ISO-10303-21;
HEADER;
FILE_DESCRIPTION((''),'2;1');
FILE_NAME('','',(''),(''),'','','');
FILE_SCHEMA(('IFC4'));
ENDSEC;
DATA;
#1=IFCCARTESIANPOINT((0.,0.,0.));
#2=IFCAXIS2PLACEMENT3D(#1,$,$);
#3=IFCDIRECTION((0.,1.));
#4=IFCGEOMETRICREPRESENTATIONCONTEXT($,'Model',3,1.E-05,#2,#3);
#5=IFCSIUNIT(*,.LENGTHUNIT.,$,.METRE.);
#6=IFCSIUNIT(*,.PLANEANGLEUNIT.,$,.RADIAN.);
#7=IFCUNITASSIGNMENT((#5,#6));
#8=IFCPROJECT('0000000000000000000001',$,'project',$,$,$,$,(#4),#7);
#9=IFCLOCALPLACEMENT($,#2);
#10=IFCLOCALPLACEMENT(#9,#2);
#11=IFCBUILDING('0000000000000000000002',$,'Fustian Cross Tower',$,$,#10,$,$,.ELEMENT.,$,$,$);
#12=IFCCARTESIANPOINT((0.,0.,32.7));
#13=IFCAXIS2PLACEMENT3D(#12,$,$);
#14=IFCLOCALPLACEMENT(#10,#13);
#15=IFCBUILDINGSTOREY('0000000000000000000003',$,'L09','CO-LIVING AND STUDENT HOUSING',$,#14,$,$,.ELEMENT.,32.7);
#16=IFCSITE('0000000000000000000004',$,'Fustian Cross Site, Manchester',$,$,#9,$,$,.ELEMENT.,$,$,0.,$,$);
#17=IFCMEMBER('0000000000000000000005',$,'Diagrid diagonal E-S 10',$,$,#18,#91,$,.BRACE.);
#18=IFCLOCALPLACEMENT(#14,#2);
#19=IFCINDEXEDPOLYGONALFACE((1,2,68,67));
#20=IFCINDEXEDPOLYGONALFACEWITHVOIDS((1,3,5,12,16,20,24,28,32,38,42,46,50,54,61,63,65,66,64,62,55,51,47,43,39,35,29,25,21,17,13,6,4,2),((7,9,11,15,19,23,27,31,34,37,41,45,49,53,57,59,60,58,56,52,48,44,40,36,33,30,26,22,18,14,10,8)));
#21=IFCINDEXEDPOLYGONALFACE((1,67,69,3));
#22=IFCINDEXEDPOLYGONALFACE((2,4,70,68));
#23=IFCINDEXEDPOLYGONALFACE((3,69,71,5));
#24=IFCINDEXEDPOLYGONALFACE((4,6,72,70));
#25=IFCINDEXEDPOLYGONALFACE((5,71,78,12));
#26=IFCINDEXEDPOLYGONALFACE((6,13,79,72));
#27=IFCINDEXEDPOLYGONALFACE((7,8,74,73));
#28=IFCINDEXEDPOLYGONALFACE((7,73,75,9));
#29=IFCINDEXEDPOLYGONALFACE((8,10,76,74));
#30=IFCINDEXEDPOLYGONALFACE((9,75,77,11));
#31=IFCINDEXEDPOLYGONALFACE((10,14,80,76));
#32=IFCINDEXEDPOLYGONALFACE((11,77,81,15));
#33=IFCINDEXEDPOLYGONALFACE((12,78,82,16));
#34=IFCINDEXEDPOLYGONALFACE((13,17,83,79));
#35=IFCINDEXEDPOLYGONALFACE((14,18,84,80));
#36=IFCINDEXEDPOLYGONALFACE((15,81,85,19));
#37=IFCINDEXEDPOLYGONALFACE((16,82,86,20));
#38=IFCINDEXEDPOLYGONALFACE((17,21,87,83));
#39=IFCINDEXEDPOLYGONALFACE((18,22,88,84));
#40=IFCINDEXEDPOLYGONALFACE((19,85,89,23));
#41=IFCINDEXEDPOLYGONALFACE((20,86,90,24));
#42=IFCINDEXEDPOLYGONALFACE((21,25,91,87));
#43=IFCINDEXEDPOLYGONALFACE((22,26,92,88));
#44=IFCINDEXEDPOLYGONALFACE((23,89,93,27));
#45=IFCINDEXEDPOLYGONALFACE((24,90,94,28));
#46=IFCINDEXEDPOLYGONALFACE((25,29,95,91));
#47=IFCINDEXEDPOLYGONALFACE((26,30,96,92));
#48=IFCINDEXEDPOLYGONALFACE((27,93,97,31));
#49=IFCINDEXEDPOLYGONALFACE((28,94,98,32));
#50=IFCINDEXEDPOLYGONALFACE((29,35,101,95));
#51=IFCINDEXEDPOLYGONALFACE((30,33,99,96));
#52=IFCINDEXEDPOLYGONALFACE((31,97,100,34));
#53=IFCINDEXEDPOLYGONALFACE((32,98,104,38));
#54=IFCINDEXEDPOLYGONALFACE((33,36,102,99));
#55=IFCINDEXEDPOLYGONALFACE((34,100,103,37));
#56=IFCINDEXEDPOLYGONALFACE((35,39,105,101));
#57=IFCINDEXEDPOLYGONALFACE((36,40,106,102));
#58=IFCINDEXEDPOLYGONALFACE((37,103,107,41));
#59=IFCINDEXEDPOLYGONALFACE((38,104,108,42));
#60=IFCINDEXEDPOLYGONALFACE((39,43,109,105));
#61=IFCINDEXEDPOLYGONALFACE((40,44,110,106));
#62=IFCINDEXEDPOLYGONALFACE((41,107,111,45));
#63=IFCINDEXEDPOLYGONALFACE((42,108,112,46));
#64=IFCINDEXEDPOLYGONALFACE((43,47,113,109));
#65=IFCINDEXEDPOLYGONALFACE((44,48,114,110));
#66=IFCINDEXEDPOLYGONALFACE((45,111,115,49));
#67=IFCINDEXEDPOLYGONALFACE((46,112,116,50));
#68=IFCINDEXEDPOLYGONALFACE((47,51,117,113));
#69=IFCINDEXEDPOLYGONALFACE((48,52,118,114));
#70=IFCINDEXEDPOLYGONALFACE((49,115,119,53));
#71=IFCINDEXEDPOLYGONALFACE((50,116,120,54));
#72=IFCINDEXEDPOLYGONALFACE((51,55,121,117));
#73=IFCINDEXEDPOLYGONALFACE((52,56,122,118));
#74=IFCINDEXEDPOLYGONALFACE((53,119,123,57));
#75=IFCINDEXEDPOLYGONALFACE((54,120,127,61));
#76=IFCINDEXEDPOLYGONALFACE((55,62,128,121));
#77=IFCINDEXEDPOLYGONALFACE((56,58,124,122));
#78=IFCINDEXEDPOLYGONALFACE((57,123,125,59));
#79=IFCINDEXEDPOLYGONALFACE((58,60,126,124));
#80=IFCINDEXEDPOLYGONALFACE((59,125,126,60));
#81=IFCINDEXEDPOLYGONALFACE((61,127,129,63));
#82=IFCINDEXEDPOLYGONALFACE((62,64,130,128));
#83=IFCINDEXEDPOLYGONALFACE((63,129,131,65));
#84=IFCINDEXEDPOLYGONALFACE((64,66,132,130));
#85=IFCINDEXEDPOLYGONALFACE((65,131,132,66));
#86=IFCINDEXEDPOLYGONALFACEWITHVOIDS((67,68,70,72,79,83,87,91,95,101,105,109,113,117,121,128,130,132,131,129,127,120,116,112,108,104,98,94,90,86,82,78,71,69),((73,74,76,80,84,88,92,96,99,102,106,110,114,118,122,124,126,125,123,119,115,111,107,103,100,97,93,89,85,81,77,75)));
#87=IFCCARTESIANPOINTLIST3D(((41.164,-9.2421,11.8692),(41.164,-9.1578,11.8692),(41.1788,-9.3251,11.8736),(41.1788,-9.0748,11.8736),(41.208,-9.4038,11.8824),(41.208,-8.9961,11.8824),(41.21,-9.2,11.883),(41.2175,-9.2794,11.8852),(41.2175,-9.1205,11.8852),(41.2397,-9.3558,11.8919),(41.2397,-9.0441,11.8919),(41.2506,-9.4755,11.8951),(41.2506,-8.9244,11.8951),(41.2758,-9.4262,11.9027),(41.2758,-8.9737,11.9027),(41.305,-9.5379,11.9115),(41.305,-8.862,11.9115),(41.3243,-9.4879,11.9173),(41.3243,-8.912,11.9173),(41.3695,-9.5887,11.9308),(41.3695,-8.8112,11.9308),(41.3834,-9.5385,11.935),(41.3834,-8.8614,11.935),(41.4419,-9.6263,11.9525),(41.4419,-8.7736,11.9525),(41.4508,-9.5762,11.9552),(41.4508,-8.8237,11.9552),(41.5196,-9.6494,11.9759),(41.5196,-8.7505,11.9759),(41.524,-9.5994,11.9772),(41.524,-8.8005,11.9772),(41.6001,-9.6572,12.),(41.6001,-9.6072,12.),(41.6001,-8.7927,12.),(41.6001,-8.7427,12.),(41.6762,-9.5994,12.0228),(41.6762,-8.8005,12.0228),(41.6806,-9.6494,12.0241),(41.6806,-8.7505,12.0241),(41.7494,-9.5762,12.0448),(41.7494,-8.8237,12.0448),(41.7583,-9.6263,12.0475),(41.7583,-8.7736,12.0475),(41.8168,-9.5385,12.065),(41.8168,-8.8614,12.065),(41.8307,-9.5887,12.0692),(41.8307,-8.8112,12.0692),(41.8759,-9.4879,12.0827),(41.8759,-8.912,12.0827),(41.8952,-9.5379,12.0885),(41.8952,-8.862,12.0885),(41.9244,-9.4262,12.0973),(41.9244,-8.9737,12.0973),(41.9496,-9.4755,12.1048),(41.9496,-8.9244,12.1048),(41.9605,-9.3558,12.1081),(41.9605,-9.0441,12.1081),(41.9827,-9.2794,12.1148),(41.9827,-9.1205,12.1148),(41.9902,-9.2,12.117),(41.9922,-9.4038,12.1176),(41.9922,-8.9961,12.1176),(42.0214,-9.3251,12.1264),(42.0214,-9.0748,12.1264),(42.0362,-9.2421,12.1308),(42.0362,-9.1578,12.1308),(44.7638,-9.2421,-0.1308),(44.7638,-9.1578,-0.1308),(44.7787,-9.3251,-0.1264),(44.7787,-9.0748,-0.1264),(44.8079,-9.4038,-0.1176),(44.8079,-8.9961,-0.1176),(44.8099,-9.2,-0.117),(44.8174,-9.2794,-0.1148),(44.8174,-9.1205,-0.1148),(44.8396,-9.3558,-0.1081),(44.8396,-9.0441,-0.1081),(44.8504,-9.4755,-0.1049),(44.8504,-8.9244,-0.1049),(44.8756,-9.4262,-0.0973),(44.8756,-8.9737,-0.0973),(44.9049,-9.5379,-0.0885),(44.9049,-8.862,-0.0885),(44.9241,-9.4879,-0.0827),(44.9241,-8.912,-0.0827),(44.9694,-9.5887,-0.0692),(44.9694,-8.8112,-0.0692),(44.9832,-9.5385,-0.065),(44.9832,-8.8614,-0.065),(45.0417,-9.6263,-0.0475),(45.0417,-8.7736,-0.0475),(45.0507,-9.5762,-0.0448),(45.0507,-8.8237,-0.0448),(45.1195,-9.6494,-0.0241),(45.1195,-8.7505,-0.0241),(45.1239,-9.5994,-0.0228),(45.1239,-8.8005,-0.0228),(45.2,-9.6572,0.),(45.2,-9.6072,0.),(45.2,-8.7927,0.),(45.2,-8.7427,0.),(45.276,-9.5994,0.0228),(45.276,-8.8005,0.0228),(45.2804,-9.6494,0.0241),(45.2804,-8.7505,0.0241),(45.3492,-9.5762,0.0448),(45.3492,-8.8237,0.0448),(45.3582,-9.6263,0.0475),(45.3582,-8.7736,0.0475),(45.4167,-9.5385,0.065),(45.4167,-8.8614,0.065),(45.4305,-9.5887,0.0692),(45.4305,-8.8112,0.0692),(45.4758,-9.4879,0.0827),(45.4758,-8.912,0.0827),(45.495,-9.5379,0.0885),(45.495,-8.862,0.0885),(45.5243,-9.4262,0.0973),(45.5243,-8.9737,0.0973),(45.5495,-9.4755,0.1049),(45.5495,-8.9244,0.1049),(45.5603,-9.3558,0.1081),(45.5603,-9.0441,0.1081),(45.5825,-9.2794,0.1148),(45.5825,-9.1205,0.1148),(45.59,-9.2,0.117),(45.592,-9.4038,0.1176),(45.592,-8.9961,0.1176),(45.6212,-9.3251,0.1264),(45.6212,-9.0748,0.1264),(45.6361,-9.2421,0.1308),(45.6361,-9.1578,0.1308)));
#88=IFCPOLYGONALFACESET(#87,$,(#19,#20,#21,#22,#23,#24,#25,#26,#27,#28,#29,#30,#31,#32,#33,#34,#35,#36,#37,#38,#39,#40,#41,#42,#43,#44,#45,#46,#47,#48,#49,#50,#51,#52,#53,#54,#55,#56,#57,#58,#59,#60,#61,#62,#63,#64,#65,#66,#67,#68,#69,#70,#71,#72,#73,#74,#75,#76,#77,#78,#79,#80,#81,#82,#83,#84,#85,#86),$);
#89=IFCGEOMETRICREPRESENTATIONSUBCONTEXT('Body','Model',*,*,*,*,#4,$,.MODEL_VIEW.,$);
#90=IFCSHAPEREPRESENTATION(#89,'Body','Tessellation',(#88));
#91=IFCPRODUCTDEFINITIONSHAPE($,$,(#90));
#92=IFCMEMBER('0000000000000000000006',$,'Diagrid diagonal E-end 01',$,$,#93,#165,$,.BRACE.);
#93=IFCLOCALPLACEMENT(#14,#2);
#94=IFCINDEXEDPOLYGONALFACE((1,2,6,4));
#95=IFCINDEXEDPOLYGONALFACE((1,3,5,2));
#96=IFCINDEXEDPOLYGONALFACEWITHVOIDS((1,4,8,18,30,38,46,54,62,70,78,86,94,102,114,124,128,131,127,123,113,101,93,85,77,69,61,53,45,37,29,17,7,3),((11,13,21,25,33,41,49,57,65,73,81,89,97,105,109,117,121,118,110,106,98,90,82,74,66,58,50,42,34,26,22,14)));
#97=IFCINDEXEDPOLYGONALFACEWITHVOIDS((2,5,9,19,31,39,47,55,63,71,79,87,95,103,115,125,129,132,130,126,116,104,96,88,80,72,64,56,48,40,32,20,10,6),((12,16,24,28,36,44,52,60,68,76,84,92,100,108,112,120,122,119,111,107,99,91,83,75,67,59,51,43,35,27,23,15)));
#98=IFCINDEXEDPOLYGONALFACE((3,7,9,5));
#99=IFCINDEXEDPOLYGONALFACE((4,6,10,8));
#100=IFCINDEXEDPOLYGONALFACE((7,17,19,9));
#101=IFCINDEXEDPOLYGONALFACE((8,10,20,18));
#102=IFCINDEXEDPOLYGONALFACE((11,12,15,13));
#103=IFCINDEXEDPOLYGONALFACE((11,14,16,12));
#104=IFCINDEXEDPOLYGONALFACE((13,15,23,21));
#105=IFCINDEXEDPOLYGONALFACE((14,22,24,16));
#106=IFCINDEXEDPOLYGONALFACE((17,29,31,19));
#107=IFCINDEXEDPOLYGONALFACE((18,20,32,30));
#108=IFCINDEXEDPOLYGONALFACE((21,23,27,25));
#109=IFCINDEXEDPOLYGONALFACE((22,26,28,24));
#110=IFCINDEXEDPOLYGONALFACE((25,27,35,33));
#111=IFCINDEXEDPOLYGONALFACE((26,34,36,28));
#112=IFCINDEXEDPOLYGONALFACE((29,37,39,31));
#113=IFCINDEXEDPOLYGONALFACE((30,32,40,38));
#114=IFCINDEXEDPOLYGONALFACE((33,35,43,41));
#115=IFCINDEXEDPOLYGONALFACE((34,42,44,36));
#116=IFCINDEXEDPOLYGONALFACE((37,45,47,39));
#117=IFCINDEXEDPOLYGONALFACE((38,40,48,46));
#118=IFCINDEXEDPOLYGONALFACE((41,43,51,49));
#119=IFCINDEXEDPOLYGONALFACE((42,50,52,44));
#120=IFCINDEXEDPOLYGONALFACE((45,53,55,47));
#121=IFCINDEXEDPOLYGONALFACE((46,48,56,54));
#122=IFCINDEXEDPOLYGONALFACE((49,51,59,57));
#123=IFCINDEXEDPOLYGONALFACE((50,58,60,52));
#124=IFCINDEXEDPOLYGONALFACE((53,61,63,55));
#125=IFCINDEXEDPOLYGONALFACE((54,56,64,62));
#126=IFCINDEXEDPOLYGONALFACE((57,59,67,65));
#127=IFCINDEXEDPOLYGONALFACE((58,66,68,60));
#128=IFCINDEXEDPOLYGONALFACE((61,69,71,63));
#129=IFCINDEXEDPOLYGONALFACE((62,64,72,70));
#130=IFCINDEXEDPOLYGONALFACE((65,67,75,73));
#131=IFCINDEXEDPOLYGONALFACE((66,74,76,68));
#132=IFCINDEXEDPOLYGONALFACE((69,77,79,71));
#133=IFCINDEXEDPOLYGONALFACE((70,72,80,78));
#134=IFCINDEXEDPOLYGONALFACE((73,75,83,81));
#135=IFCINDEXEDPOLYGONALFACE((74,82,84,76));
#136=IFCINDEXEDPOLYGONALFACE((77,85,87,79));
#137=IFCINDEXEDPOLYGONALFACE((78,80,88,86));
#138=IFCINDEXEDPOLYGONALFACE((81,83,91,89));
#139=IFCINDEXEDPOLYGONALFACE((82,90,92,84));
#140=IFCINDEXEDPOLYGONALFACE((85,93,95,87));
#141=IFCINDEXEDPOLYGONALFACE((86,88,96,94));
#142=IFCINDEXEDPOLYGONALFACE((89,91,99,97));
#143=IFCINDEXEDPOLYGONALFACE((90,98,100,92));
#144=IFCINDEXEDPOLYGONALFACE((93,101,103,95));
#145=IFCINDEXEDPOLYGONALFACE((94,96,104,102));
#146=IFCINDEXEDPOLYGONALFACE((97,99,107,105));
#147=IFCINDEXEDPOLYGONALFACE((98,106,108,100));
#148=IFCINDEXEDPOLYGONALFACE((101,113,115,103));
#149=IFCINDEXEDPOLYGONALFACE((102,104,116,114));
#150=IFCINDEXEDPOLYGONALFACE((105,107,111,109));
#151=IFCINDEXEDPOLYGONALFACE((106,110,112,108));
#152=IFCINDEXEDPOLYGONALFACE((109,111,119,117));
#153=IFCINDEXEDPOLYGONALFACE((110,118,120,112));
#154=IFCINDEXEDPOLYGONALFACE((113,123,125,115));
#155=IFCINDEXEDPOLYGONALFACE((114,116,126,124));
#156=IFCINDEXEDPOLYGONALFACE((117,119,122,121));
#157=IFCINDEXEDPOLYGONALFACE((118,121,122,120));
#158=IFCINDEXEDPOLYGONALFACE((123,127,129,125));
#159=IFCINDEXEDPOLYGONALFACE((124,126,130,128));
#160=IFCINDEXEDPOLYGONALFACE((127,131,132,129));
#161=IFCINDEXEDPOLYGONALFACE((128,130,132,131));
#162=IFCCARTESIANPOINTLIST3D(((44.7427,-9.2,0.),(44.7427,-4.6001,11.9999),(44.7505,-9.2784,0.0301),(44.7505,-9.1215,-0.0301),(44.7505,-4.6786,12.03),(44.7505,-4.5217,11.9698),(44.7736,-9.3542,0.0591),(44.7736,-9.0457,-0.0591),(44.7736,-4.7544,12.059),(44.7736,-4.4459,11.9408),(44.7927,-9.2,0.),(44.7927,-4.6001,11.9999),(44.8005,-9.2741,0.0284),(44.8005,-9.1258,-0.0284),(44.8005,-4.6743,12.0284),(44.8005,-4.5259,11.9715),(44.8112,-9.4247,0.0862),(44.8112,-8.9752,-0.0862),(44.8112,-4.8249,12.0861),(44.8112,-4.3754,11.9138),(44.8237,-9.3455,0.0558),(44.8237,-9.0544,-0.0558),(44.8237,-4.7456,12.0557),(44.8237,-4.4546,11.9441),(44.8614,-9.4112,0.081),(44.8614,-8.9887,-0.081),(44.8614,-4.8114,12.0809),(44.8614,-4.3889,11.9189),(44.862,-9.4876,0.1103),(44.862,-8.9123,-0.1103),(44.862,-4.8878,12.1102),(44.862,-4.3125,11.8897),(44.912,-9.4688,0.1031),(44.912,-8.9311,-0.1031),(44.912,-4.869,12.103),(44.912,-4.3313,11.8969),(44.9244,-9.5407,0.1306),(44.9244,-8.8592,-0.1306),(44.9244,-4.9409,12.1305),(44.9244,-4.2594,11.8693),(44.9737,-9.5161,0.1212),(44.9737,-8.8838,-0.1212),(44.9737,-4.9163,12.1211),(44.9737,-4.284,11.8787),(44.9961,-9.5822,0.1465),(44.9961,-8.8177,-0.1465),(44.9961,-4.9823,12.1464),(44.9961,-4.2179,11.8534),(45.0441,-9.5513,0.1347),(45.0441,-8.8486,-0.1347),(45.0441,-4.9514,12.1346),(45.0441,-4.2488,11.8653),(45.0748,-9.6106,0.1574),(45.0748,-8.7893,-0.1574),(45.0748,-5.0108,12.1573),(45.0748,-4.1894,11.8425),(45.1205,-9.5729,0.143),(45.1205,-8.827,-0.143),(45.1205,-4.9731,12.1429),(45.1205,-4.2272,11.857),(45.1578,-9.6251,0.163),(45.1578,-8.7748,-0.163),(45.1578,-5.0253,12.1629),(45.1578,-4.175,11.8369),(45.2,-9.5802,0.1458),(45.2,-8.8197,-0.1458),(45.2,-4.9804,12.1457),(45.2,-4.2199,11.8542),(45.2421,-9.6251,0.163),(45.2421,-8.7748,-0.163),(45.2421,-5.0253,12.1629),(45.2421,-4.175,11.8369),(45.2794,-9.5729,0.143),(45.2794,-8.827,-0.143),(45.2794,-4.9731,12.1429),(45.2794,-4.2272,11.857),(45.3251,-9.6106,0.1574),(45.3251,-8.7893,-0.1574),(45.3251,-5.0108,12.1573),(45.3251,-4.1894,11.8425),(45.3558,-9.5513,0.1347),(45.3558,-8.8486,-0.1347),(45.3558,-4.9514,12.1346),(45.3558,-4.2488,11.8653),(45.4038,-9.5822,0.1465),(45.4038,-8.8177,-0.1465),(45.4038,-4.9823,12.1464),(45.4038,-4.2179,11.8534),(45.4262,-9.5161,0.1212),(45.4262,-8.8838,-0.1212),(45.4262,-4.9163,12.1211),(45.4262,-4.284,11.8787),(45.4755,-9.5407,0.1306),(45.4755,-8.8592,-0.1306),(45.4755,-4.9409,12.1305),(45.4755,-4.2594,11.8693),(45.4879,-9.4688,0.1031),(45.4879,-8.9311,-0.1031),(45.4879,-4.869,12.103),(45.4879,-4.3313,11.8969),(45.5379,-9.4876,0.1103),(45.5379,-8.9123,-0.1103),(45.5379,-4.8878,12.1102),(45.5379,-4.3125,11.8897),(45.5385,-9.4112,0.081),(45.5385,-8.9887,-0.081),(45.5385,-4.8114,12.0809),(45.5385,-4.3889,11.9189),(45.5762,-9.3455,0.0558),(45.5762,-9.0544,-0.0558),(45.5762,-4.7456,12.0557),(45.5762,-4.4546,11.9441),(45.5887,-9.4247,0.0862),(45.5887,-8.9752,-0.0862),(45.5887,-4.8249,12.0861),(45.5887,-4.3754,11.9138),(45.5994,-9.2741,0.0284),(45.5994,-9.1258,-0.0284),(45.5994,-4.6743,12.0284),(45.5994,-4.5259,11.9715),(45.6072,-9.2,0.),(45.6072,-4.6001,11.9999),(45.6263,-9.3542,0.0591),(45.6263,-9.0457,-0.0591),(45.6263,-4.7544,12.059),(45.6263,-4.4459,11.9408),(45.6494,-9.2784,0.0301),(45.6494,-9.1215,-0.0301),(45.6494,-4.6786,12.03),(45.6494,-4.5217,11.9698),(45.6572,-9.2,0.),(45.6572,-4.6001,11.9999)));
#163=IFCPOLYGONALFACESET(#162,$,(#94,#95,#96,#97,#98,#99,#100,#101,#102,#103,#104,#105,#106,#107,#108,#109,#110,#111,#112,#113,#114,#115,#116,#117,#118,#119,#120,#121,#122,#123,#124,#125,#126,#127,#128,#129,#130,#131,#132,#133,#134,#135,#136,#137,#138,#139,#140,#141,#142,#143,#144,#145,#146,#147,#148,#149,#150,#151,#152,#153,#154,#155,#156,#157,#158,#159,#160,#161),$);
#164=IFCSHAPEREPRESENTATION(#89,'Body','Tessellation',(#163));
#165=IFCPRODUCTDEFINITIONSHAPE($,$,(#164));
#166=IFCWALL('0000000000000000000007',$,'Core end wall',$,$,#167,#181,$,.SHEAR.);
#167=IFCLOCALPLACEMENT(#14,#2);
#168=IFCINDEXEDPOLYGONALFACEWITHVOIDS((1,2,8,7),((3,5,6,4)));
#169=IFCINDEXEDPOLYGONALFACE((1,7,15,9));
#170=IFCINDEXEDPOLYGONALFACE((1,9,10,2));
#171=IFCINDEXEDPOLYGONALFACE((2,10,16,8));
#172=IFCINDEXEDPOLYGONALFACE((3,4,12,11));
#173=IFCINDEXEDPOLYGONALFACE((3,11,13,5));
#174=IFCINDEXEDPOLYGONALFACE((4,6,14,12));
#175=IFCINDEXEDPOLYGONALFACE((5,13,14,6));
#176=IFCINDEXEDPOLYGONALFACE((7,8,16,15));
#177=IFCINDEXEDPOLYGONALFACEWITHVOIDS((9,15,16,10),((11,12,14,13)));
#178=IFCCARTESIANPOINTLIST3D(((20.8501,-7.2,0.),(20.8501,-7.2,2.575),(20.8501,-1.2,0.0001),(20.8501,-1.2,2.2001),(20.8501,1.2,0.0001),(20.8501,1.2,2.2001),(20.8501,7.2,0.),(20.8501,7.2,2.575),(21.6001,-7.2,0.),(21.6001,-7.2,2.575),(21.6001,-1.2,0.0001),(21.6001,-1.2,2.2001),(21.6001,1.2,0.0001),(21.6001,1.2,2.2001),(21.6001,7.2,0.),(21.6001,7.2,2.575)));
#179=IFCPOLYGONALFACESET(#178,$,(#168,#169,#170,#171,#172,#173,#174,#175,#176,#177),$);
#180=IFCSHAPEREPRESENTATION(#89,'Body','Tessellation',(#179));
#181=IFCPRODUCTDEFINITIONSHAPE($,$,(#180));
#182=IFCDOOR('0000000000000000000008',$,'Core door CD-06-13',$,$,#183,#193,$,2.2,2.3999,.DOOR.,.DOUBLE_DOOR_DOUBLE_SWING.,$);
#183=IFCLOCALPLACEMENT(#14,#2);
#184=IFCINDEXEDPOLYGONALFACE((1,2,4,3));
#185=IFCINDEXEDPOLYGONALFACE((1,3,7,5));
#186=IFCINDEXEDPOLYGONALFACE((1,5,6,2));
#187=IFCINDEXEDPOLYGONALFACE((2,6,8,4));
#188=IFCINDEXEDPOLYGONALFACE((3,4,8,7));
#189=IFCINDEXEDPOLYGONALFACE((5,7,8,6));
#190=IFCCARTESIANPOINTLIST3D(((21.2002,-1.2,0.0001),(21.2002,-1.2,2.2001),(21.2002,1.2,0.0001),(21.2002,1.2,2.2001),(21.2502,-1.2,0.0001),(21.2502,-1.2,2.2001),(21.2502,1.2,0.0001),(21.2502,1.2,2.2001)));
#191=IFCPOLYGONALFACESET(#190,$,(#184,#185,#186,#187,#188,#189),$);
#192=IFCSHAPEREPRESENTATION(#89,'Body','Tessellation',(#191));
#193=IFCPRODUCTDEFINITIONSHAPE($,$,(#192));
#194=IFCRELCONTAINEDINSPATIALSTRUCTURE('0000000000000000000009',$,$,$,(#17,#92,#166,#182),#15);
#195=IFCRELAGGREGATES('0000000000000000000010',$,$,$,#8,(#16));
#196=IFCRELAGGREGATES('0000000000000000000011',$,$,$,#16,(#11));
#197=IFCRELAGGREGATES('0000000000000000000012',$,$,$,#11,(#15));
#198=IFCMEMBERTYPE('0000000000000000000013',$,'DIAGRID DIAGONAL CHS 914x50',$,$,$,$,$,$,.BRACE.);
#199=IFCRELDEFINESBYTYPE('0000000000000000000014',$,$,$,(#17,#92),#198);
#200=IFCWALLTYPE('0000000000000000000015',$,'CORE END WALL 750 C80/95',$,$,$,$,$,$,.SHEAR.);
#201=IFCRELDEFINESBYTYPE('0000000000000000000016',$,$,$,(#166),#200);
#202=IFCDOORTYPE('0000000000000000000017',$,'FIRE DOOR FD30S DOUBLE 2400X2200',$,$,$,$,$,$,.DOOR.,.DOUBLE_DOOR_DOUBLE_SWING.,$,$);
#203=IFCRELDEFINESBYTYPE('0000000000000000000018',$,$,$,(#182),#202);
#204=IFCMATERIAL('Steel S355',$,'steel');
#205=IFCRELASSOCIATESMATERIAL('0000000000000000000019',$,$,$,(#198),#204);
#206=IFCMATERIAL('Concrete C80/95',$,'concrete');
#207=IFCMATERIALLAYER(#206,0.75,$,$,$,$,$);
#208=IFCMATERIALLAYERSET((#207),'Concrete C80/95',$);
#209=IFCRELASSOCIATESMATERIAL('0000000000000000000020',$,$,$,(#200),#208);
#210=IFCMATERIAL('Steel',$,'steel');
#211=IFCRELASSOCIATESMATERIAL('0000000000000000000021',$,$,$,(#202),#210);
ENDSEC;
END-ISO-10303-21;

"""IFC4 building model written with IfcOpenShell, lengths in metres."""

from ifc_helpers import new_model, si_unit, direction, frame, frame_2d, origin, origin_2d, place, context, subcontext, project, spatial, rectangle, hollow_circle, extrude, material, layer, layer_set, material_profile, profile_set, type_object, element, fill, save


model = new_model("IFC4")

# Units and contexts
model_context = context("Model", 3, precision=1e-05, world=origin(), true_north=direction((0.0, 1.0)))
body_context = subcontext(model_context, "Body", "Model", "MODEL_VIEW")
ifc_project = project(units=[si_unit("LENGTHUNIT", "METRE"), si_unit("PLANEANGLEUNIT", "RADIAN")], contexts=[model_context])

# Site, building, storey
site_placement = place(None, origin())
site = spatial("IfcSite", under=ifc_project, at=site_placement, Name="Fustian Cross Site, Manchester", CompositionType="ELEMENT", RefElevation=0.0)
building_placement = place(site_placement, origin())
building = spatial("IfcBuilding", under=site, at=building_placement, Name="Fustian Cross Tower", CompositionType="ELEMENT")
storey_placement = place(building_placement, frame((0.0, 0.0, 32.7)))
storey = spatial("IfcBuildingStorey", under=building, at=storey_placement, Name="L09", Description="CO-LIVING AND STUDENT HOUSING", CompositionType="ELEMENT", Elevation=32.7)

# Members
ifc_material_1 = material(Name="Steel S355", Category="steel")
ifc_material_profile_1 = material_profile(ifc_material_1, hollow_circle(Radius=0.4573, WallThickness=0.05, at=origin_2d()), Name="CHS 914x50")
ifc_profile_set_1 = profile_set([ifc_material_profile_1], Name="Steel S355")
member_type_1 = type_object("IfcMemberType", Name="DIAGRID DIAGONAL CHS 914x50", PredefinedType="BRACE", material=ifc_profile_set_1)
member_1_placement = place(storey_placement, frame((45.2, -9.2, 0.0), z_axis=(-0.287337, 0.0, 0.95783), x_axis=(0.0, -1.0, 0.0)))
element("IfcMember", 1, at=member_1_placement, inside=storey, type_object=member_type_1, Name="Diagrid diagonal E-S 10", PredefinedType="BRACE", context=body_context, shape_type="SweptSolid", body=[
    extrude(hollow_circle(Radius=0.4573, WallThickness=0.05, at=origin_2d()), origin(), (0.0, 0.0, 1.0), 12.5283),
])
member_2_placement = place(storey_placement, frame((45.2, -9.2, 0.0), z_axis=(0.0, 0.357926, 0.93375), x_axis=(-1.0, 0.0, 0.0)))
element("IfcMember", 2, at=member_2_placement, inside=storey, type_object=member_type_1, Name="Diagrid diagonal E-end 01", PredefinedType="BRACE", context=body_context, shape_type="SweptSolid", body=[
    extrude(hollow_circle(Radius=0.4573, WallThickness=0.05, at=origin_2d()), origin(), (0.0, 0.0, 1.0), 12.8513),
])

# Wall, opening, door
ifc_material_2 = material(Name="Concrete C80/95", Category="concrete")
ifc_layer_1 = layer(ifc_material_2, 0.75)
ifc_layer_set_1 = layer_set([ifc_layer_1], Name="Concrete C80/95")
wall_type_1 = type_object("IfcWallType", Name="CORE END WALL 750 C80/95", PredefinedType="SHEAR", material=ifc_layer_set_1)
wall_1_placement = place(storey_placement, frame((21.2251, -7.2, 0.0), z_axis=(0.0, 0.0, 1.0), x_axis=(0.0, 1.0, 0.0)))
wall_1 = element("IfcWall", 3, at=wall_1_placement, inside=storey, type_object=wall_type_1, Name="Core end wall", PredefinedType="SHEAR", context=body_context, shape_type="SweptSolid", body=[
    extrude(rectangle(XDim=14.3999, YDim=0.75, at=frame_2d((7.2, 0.0))), origin(), (0.0, 0.0, 1.0), 2.575),
])
opening_1_placement = place(wall_1_placement, frame((6.0, 0.0, 0.0)))
opening_1 = element("IfcOpeningElement", 4, at=opening_1_placement, cuts=wall_1, PredefinedType="OPENING", context=body_context, shape_type="SweptSolid", body=[
    extrude(rectangle(XDim=2.3999, YDim=2.2, at=frame_2d((1.2, 1.1001))), frame((0.0, 0.385, 0.0), z_axis=(0.0, -1.0, 0.0), x_axis=(1.0, 0.0, 0.0)), (0.0, 0.0, 1.0), 0.77),
])
ifc_material_3 = material(Name="Steel", Category="steel")
door_type = type_object("IfcDoorType", Name="FIRE DOOR FD30S DOUBLE 2400X2200", OperationType="DOUBLE_DOOR_DOUBLE_SWING", PredefinedType="DOOR", material=ifc_material_3)
door_placement = place(opening_1_placement, origin())
door = element("IfcDoor", 5, at=door_placement, inside=storey, type_object=door_type, Name="Core door CD-06-13", OperationType="DOUBLE_DOOR_DOUBLE_SWING", OverallHeight=2.2, OverallWidth=2.3999, PredefinedType="DOOR", context=body_context, shape_type="SweptSolid", body=[
    extrude(rectangle(XDim=2.3999, YDim=2.2, at=frame_2d((1.2, 1.1001))), frame((0.0, 0.0249, 0.0), z_axis=(0.0, -1.0, 0.0), x_axis=(1.0, 0.0, 0.0)), (0.0, 0.0, 1.0), 0.05),
])
fill(opening_1, door)

save(model, "model.ifc")
